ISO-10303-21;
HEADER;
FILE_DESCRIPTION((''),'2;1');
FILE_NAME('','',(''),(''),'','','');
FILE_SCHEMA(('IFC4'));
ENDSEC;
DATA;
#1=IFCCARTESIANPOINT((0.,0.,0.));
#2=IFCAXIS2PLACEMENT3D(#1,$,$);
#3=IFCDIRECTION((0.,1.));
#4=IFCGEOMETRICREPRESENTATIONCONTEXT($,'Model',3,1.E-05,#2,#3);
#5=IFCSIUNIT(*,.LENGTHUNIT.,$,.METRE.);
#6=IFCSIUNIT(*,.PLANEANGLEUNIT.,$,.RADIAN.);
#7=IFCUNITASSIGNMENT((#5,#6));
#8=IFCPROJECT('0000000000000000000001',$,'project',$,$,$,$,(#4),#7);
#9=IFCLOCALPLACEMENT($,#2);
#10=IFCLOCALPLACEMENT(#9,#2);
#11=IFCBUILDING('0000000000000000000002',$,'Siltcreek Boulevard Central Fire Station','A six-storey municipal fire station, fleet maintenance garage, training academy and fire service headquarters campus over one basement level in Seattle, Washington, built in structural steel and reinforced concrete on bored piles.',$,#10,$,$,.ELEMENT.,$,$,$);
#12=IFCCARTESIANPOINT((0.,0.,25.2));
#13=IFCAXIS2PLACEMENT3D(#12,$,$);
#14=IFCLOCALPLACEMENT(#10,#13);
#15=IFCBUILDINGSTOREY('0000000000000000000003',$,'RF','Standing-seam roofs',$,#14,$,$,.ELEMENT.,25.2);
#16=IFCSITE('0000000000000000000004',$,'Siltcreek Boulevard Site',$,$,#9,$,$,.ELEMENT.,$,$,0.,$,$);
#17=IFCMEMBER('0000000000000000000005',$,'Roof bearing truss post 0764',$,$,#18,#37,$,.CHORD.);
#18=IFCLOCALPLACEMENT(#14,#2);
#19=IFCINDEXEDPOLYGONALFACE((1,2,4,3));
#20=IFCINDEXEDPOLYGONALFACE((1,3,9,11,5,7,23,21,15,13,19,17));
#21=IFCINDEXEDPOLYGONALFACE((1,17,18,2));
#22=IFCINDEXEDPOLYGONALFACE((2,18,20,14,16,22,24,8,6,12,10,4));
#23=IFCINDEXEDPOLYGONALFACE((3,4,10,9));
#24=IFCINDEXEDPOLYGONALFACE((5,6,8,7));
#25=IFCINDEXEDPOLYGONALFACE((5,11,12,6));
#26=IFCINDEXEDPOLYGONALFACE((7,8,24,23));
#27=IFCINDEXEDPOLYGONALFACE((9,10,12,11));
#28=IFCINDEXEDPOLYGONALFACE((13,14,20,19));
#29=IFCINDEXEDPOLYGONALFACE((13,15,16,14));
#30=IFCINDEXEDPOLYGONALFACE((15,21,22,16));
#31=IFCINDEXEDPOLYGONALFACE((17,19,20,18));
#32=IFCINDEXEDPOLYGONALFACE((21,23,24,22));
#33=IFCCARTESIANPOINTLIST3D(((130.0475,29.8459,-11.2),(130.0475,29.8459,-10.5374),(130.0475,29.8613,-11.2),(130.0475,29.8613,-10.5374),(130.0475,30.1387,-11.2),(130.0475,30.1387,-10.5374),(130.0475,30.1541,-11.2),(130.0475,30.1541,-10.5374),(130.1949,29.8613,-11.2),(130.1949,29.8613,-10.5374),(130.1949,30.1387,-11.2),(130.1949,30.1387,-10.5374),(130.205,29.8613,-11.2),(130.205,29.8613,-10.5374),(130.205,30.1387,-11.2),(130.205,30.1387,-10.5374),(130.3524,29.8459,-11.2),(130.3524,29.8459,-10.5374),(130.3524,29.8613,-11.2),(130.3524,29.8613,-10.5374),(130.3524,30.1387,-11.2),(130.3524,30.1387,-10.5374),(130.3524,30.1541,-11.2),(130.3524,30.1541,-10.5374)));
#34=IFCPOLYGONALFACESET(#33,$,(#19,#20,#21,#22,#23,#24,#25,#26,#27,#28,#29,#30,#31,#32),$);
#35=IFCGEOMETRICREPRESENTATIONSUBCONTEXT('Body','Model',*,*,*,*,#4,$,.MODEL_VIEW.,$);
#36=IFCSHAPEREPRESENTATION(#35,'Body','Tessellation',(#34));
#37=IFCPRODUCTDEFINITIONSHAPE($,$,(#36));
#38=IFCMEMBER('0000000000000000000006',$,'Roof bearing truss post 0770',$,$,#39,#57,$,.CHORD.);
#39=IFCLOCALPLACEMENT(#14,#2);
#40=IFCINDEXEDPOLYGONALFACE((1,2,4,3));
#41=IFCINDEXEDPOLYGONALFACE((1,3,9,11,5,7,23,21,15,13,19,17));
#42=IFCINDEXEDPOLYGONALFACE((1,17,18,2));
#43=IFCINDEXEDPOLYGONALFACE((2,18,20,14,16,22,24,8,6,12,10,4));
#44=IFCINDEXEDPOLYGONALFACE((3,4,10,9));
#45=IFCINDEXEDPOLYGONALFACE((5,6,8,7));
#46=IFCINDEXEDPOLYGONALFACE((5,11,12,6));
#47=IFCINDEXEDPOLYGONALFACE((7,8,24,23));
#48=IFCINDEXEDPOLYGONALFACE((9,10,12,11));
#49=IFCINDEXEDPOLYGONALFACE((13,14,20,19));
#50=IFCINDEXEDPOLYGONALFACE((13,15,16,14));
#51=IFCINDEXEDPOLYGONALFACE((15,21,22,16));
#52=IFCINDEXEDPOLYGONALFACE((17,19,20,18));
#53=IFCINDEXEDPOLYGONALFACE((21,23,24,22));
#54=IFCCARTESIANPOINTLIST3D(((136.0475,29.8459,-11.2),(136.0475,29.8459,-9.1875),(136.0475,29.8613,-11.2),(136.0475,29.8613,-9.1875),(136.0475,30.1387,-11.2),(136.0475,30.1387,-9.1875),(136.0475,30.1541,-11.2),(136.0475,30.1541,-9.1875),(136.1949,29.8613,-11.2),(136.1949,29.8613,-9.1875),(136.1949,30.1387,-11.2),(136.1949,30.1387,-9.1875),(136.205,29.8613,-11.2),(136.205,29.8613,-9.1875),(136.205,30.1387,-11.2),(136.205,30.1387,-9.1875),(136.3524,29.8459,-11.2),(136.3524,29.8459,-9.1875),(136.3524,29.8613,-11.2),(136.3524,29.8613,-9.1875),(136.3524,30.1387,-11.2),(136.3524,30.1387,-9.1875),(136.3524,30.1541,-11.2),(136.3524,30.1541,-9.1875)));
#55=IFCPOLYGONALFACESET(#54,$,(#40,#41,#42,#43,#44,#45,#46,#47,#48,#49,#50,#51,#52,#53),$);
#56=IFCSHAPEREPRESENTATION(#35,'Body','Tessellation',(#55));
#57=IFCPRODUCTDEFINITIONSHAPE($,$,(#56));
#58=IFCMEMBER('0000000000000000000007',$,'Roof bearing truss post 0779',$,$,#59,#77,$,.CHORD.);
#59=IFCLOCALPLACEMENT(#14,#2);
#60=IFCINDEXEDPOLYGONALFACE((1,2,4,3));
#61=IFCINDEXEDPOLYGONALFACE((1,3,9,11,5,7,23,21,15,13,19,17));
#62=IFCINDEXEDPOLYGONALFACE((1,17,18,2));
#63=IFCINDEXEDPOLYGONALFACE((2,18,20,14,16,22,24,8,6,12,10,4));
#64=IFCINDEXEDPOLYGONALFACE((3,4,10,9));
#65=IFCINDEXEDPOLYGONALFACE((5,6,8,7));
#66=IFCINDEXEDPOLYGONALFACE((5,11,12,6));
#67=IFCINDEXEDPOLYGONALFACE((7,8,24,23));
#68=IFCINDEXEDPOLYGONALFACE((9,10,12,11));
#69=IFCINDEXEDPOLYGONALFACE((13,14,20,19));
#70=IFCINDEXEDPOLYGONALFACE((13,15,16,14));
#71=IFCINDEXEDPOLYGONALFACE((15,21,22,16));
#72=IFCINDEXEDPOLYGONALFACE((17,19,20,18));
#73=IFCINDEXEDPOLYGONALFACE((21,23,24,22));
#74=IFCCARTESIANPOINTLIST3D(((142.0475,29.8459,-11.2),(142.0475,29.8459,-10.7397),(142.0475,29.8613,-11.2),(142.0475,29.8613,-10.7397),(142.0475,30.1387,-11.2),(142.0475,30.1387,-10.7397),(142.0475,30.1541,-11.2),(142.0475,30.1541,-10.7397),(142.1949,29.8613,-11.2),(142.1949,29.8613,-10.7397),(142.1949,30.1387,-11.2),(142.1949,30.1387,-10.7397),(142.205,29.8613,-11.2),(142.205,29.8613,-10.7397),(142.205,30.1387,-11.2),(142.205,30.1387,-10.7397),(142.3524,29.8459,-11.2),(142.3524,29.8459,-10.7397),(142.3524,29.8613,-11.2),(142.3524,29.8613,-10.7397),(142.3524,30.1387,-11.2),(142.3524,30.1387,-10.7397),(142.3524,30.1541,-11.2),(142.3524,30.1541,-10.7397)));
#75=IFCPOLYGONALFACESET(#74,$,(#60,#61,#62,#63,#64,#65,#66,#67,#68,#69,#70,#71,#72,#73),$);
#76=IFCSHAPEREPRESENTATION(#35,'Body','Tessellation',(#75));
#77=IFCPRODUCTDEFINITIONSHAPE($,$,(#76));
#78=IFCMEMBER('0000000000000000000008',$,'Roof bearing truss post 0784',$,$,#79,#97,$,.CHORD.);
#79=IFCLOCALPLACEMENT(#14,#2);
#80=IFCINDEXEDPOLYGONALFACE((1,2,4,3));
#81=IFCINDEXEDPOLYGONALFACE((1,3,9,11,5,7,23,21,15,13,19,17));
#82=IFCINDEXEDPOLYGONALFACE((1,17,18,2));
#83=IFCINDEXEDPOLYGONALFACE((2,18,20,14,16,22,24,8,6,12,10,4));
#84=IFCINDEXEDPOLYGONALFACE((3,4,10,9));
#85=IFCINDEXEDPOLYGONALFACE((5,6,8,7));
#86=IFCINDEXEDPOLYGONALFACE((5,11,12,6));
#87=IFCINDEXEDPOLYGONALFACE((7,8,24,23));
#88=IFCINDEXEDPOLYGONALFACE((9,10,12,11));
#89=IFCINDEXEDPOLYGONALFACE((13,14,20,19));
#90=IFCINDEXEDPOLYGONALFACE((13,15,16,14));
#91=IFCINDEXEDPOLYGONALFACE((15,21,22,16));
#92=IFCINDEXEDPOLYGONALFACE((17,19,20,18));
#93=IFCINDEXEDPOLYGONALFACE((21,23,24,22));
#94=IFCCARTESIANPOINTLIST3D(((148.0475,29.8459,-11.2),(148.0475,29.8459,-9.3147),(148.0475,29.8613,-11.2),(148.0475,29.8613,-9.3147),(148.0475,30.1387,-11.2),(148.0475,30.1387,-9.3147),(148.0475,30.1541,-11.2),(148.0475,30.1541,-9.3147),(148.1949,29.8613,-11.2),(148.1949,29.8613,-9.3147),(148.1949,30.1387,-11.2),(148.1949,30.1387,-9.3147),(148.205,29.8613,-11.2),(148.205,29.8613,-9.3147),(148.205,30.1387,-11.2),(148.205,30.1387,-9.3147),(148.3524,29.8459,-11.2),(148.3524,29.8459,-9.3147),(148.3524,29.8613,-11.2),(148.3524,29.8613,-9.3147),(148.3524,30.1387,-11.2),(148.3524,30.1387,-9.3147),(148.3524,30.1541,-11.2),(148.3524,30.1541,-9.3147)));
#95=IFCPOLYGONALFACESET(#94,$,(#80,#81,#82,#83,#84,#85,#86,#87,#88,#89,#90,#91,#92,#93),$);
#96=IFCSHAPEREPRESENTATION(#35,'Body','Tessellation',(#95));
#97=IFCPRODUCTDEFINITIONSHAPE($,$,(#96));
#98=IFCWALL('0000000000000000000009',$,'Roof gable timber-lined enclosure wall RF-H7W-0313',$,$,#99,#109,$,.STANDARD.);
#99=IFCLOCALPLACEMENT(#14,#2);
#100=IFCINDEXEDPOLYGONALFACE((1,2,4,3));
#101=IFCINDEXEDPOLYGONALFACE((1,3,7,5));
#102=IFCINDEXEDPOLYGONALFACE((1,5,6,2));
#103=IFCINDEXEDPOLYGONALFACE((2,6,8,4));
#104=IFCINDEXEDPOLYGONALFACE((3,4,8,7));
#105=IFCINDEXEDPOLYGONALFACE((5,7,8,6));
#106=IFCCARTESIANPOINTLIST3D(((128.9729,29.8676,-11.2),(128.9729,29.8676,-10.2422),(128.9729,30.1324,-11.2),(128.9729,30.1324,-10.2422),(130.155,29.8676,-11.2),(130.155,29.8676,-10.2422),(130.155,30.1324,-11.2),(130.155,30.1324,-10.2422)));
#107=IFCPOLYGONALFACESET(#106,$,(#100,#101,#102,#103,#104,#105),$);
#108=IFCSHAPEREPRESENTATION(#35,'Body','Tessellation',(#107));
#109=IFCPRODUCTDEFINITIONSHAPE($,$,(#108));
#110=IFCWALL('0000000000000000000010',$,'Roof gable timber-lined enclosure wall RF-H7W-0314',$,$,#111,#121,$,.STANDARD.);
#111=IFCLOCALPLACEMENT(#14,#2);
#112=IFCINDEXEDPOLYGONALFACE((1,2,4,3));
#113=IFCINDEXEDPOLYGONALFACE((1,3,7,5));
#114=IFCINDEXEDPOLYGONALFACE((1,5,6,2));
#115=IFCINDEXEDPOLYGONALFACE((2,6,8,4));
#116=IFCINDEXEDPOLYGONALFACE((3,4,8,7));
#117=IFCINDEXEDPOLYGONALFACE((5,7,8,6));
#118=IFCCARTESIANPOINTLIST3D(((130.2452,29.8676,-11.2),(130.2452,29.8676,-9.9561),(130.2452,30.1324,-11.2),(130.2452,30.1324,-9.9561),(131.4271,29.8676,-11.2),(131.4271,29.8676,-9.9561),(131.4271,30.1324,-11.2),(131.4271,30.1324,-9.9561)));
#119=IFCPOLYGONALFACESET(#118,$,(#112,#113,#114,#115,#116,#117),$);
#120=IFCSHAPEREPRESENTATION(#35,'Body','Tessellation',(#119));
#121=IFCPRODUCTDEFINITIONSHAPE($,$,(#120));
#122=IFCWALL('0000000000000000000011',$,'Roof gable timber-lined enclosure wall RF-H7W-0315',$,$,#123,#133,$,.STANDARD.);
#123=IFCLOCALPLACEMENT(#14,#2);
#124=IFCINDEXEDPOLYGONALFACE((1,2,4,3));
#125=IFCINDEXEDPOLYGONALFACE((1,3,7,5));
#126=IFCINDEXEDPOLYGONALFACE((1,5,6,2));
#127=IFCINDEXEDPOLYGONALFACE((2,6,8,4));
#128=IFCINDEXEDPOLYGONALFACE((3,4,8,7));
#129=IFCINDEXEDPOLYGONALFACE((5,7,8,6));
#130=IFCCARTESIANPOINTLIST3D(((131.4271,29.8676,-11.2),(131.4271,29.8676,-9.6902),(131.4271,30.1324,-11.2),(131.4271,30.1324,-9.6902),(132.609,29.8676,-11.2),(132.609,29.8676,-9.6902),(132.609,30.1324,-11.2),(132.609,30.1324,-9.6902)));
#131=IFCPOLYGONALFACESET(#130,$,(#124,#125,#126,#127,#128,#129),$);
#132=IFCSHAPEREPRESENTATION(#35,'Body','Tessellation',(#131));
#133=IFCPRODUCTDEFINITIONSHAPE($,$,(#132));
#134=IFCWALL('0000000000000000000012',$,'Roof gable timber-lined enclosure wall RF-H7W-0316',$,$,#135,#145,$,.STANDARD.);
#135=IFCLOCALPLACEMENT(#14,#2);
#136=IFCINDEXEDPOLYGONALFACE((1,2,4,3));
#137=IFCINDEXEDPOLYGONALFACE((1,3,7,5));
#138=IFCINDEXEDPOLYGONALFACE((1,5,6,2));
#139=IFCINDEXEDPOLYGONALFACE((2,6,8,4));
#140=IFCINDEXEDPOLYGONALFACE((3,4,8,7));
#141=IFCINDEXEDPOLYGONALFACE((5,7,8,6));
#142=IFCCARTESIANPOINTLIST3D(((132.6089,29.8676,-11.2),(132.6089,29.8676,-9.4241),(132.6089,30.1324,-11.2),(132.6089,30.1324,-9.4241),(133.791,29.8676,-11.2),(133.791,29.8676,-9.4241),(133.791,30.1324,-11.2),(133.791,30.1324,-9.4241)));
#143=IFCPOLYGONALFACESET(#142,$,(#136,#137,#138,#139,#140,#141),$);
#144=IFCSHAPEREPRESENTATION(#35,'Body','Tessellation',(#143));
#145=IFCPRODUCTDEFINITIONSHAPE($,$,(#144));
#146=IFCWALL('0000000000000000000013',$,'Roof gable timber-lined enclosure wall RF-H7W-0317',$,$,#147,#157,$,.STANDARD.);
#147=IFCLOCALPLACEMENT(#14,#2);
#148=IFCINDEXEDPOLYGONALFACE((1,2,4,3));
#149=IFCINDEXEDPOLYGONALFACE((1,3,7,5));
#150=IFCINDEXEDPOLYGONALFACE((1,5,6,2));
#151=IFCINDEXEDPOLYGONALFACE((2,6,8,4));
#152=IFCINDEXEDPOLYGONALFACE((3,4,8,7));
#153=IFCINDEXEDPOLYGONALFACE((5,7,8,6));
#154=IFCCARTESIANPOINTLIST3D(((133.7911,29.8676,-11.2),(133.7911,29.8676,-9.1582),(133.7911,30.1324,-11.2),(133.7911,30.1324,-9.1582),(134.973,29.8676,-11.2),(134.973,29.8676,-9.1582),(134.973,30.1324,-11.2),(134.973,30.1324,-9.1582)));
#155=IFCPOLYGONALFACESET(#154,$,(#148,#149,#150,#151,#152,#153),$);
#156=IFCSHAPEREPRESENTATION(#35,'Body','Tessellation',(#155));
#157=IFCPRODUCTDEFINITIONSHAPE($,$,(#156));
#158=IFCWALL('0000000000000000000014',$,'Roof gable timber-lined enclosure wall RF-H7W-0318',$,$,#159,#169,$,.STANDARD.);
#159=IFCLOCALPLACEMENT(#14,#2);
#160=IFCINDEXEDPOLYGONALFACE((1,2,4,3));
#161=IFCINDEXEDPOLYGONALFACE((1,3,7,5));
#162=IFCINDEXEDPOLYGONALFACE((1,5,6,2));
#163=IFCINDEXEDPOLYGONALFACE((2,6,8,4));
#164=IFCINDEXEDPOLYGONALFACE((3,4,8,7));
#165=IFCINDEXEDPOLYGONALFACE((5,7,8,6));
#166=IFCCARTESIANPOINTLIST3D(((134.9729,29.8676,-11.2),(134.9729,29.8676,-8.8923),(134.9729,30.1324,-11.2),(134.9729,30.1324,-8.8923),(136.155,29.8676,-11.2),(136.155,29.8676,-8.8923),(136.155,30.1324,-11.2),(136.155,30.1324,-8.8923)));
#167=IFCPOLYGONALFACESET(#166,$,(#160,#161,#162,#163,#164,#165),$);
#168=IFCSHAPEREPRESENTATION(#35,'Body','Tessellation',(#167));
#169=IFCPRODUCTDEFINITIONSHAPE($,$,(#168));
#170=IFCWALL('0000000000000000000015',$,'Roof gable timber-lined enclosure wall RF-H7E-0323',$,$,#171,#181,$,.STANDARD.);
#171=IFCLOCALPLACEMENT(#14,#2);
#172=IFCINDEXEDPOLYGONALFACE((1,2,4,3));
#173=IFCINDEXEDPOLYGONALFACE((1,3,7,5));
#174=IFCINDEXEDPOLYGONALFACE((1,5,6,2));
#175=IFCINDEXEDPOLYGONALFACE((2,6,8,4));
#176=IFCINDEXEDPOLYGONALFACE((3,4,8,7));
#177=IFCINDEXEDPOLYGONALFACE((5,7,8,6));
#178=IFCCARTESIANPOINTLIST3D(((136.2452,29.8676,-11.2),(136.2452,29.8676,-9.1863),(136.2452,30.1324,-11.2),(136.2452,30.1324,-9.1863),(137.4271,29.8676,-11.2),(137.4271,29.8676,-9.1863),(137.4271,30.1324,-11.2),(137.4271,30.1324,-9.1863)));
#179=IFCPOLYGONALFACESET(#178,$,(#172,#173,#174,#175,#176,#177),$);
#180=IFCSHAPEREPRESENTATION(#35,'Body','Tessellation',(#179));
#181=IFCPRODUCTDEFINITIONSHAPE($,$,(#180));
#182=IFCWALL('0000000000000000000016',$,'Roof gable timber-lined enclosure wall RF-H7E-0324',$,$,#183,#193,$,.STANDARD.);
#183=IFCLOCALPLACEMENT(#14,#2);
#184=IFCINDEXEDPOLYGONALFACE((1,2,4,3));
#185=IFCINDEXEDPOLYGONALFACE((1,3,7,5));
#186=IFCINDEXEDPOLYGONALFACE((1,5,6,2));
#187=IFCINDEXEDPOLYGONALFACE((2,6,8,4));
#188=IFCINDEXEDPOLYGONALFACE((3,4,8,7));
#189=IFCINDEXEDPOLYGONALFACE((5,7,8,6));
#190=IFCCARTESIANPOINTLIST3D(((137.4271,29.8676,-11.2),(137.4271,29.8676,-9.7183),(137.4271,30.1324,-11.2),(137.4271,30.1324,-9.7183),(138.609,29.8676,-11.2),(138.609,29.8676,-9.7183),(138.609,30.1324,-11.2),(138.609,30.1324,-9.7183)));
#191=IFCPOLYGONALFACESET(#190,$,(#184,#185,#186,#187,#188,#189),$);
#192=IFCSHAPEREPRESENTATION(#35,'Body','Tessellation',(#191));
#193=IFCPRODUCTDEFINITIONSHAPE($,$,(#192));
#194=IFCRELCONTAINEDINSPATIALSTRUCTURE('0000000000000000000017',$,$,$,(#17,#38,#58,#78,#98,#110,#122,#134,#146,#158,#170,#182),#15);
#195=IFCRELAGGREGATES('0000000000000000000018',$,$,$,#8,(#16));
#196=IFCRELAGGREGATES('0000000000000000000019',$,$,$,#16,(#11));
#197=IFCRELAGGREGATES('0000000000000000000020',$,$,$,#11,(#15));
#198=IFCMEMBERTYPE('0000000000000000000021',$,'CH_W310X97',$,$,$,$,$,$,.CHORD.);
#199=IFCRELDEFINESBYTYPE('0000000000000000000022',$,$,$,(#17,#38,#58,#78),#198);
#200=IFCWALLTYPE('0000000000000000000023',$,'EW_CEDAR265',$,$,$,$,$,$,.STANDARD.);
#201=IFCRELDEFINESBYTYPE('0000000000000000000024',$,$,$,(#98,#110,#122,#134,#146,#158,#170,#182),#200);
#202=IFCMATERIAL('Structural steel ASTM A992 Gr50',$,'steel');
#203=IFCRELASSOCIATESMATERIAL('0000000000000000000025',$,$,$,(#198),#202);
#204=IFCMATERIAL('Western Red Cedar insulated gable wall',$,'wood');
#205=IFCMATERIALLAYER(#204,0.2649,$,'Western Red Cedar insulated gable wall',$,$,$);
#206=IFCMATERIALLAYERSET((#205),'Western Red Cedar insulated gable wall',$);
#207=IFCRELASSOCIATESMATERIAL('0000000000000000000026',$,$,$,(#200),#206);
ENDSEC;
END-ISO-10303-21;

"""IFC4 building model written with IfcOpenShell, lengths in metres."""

from ifc_helpers import new_model, si_unit, direction, frame, frame_2d, origin, origin_2d, place, context, subcontext, project, spatial, rectangle, i_section, extrude, material, layer, layer_set, material_profile, profile_set, type_object, element, save


model = new_model("IFC4")

# Units and contexts
model_context = context("Model", 3, precision=1e-05, world=origin(), true_north=direction((0.0, 1.0)))
body_context = subcontext(model_context, "Body", "Model", "MODEL_VIEW")
ifc_project = project(units=[si_unit("LENGTHUNIT", "METRE"), si_unit("PLANEANGLEUNIT", "RADIAN")], contexts=[model_context])

# Site, building, storey
site_placement = place(None, origin())
site = spatial("IfcSite", under=ifc_project, at=site_placement, Name="Siltcreek Boulevard Site", CompositionType="ELEMENT", RefElevation=0.0)
building_placement = place(site_placement, origin())
building = spatial("IfcBuilding", under=site, at=building_placement, Name="Siltcreek Boulevard Central Fire Station", Description="A six-storey municipal fire station, fleet maintenance garage, training academy and fire service headquarters campus over one basement level in Seattle, Washington, built in structural steel and reinforced concrete on bored piles.", CompositionType="ELEMENT")
storey_placement = place(building_placement, frame((0.0, 0.0, 25.2)))
storey = spatial("IfcBuildingStorey", under=building, at=storey_placement, Name="RF", Description="Standing-seam roofs", CompositionType="ELEMENT", Elevation=25.2)

# Members
ifc_material_1 = material(Name="Structural steel ASTM A992 Gr50", Category="steel")
ifc_material_profile = material_profile(ifc_material_1, i_section(OverallWidth=0.3049, OverallDepth=0.3081, WebThickness=0.01, FlangeThickness=0.0154, at=origin_2d()), Name="W310X97")
ifc_profile_set = profile_set([ifc_material_profile], Name="Structural steel ASTM A992 Gr50")
member_type = type_object("IfcMemberType", Name="CH_W310X97", PredefinedType="CHORD", material=ifc_profile_set)
member_1_placement = place(storey_placement, frame((130.2, 30.0, -11.2), z_axis=(0.0, 0.0, 1.0), x_axis=(1.0, 0.0, 0.0)))
element("IfcMember", 1, at=member_1_placement, inside=storey, type_object=member_type, Name="Roof bearing truss post 0764", PredefinedType="CHORD", context=body_context, shape_type="SweptSolid", body=[
    extrude(i_section(OverallWidth=0.3049, OverallDepth=0.3081, WebThickness=0.01, FlangeThickness=0.0154, at=origin_2d()), origin(), (0.0, 0.0, 1.0), 0.6626),
])
member_2_placement = place(storey_placement, frame((136.2, 30.0, -11.2), z_axis=(0.0, 0.0, 1.0), x_axis=(1.0, 0.0, 0.0)))
element("IfcMember", 2, at=member_2_placement, inside=storey, type_object=member_type, Name="Roof bearing truss post 0770", PredefinedType="CHORD", context=body_context, shape_type="SweptSolid", body=[
    extrude(i_section(OverallWidth=0.3049, OverallDepth=0.3081, WebThickness=0.01, FlangeThickness=0.0154, at=origin_2d()), origin(), (0.0, 0.0, 1.0), 2.0125),
])
member_3_placement = place(storey_placement, frame((142.2, 30.0, -11.2), z_axis=(0.0, 0.0, 1.0), x_axis=(1.0, 0.0, 0.0)))
element("IfcMember", 3, at=member_3_placement, inside=storey, type_object=member_type, Name="Roof bearing truss post 0779", PredefinedType="CHORD", context=body_context, shape_type="SweptSolid", body=[
    extrude(i_section(OverallWidth=0.3049, OverallDepth=0.3081, WebThickness=0.01, FlangeThickness=0.0154, at=origin_2d()), origin(), (0.0, 0.0, 1.0), 0.4602),
])
member_4_placement = place(storey_placement, frame((148.2, 30.0, -11.2), z_axis=(0.0, 0.0, 1.0), x_axis=(1.0, 0.0, 0.0)))
element("IfcMember", 4, at=member_4_placement, inside=storey, type_object=member_type, Name="Roof bearing truss post 0784", PredefinedType="CHORD", context=body_context, shape_type="SweptSolid", body=[
    extrude(i_section(OverallWidth=0.3049, OverallDepth=0.3081, WebThickness=0.01, FlangeThickness=0.0154, at=origin_2d()), origin(), (0.0, 0.0, 1.0), 1.8853),
])

# Walls
ifc_material_2 = material(Name="Western Red Cedar insulated gable wall", Category="wood")
ifc_layer = layer(ifc_material_2, 0.2649, Name="Western Red Cedar insulated gable wall")
ifc_layer_set = layer_set([ifc_layer], Name="Western Red Cedar insulated gable wall")
wall_type = type_object("IfcWallType", Name="EW_CEDAR265", PredefinedType="STANDARD", material=ifc_layer_set)
wall_1_placement = place(storey_placement, frame((130.155, 30.0, -11.2), z_axis=(0.0, 0.0, 1.0), x_axis=(-1.0, 0.0, 0.0)))
element("IfcWall", 5, at=wall_1_placement, inside=storey, type_object=wall_type, Name="Roof gable timber-lined enclosure wall RF-H7W-0313", PredefinedType="STANDARD", context=body_context, shape_type="SweptSolid", body=[
    extrude(rectangle(XDim=1.1821, YDim=0.2649, at=frame_2d((0.5911, 0.0))), origin(), (0.0, 0.0, 1.0), 0.9578),
])
wall_2_placement = place(storey_placement, frame((131.427, 30.0, -11.2), z_axis=(0.0, 0.0, 1.0), x_axis=(-1.0, 0.0, 0.0)))
element("IfcWall", 6, at=wall_2_placement, inside=storey, type_object=wall_type, Name="Roof gable timber-lined enclosure wall RF-H7W-0314", PredefinedType="STANDARD", context=body_context, shape_type="SweptSolid", body=[
    extrude(rectangle(XDim=1.1819, YDim=0.2649, at=frame_2d((0.5908, 0.0))), origin(), (0.0, 0.0, 1.0), 1.2439),
])
wall_3_placement = place(storey_placement, frame((132.6089, 30.0, -11.2), z_axis=(0.0, 0.0, 1.0), x_axis=(-1.0, 0.0, 0.0)))
element("IfcWall", 7, at=wall_3_placement, inside=storey, type_object=wall_type, Name="Roof gable timber-lined enclosure wall RF-H7W-0315", PredefinedType="STANDARD", context=body_context, shape_type="SweptSolid", body=[
    extrude(rectangle(XDim=1.1819, YDim=0.2649, at=frame_2d((0.5908, 0.0))), origin(), (0.0, 0.0, 1.0), 1.5098),
])
wall_4_placement = place(storey_placement, frame((133.791, 30.0, -11.2), z_axis=(0.0, 0.0, 1.0), x_axis=(-1.0, 0.0, 0.0)))
element("IfcWall", 8, at=wall_4_placement, inside=storey, type_object=wall_type, Name="Roof gable timber-lined enclosure wall RF-H7W-0316", PredefinedType="STANDARD", context=body_context, shape_type="SweptSolid", body=[
    extrude(rectangle(XDim=1.1821, YDim=0.2649, at=frame_2d((0.5911, 0.0))), origin(), (0.0, 0.0, 1.0), 1.7759),
])
wall_5_placement = place(storey_placement, frame((134.9729, 30.0, -11.2), z_axis=(0.0, 0.0, 1.0), x_axis=(-1.0, 0.0, 0.0)))
element("IfcWall", 9, at=wall_5_placement, inside=storey, type_object=wall_type, Name="Roof gable timber-lined enclosure wall RF-H7W-0317", PredefinedType="STANDARD", context=body_context, shape_type="SweptSolid", body=[
    extrude(rectangle(XDim=1.1819, YDim=0.2649, at=frame_2d((0.5908, 0.0))), origin(), (0.0, 0.0, 1.0), 2.0417),
])
wall_6_placement = place(storey_placement, frame((136.155, 30.0, -11.2), z_axis=(0.0, 0.0, 1.0), x_axis=(-1.0, 0.0, 0.0)))
element("IfcWall", 10, at=wall_6_placement, inside=storey, type_object=wall_type, Name="Roof gable timber-lined enclosure wall RF-H7W-0318", PredefinedType="STANDARD", context=body_context, shape_type="SweptSolid", body=[
    extrude(rectangle(XDim=1.1821, YDim=0.2649, at=frame_2d((0.5911, 0.0))), origin(), (0.0, 0.0, 1.0), 2.3076),
])
wall_7_placement = place(storey_placement, frame((137.427, 30.0, -11.2), z_axis=(0.0, 0.0, 1.0), x_axis=(-1.0, 0.0, 0.0)))
element("IfcWall", 11, at=wall_7_placement, inside=storey, type_object=wall_type, Name="Roof gable timber-lined enclosure wall RF-H7E-0323", PredefinedType="STANDARD", context=body_context, shape_type="SweptSolid", body=[
    extrude(rectangle(XDim=1.1819, YDim=0.2649, at=frame_2d((0.5908, 0.0))), origin(), (0.0, 0.0, 1.0), 2.0137),
])
wall_8_placement = place(storey_placement, frame((138.6089, 30.0, -11.2), z_axis=(0.0, 0.0, 1.0), x_axis=(-1.0, 0.0, 0.0)))
element("IfcWall", 12, at=wall_8_placement, inside=storey, type_object=wall_type, Name="Roof gable timber-lined enclosure wall RF-H7E-0324", PredefinedType="STANDARD", context=body_context, shape_type="SweptSolid", body=[
    extrude(rectangle(XDim=1.1819, YDim=0.2649, at=frame_2d((0.5908, 0.0))), origin(), (0.0, 0.0, 1.0), 1.4817),
])

save(model, "model.ifc")
